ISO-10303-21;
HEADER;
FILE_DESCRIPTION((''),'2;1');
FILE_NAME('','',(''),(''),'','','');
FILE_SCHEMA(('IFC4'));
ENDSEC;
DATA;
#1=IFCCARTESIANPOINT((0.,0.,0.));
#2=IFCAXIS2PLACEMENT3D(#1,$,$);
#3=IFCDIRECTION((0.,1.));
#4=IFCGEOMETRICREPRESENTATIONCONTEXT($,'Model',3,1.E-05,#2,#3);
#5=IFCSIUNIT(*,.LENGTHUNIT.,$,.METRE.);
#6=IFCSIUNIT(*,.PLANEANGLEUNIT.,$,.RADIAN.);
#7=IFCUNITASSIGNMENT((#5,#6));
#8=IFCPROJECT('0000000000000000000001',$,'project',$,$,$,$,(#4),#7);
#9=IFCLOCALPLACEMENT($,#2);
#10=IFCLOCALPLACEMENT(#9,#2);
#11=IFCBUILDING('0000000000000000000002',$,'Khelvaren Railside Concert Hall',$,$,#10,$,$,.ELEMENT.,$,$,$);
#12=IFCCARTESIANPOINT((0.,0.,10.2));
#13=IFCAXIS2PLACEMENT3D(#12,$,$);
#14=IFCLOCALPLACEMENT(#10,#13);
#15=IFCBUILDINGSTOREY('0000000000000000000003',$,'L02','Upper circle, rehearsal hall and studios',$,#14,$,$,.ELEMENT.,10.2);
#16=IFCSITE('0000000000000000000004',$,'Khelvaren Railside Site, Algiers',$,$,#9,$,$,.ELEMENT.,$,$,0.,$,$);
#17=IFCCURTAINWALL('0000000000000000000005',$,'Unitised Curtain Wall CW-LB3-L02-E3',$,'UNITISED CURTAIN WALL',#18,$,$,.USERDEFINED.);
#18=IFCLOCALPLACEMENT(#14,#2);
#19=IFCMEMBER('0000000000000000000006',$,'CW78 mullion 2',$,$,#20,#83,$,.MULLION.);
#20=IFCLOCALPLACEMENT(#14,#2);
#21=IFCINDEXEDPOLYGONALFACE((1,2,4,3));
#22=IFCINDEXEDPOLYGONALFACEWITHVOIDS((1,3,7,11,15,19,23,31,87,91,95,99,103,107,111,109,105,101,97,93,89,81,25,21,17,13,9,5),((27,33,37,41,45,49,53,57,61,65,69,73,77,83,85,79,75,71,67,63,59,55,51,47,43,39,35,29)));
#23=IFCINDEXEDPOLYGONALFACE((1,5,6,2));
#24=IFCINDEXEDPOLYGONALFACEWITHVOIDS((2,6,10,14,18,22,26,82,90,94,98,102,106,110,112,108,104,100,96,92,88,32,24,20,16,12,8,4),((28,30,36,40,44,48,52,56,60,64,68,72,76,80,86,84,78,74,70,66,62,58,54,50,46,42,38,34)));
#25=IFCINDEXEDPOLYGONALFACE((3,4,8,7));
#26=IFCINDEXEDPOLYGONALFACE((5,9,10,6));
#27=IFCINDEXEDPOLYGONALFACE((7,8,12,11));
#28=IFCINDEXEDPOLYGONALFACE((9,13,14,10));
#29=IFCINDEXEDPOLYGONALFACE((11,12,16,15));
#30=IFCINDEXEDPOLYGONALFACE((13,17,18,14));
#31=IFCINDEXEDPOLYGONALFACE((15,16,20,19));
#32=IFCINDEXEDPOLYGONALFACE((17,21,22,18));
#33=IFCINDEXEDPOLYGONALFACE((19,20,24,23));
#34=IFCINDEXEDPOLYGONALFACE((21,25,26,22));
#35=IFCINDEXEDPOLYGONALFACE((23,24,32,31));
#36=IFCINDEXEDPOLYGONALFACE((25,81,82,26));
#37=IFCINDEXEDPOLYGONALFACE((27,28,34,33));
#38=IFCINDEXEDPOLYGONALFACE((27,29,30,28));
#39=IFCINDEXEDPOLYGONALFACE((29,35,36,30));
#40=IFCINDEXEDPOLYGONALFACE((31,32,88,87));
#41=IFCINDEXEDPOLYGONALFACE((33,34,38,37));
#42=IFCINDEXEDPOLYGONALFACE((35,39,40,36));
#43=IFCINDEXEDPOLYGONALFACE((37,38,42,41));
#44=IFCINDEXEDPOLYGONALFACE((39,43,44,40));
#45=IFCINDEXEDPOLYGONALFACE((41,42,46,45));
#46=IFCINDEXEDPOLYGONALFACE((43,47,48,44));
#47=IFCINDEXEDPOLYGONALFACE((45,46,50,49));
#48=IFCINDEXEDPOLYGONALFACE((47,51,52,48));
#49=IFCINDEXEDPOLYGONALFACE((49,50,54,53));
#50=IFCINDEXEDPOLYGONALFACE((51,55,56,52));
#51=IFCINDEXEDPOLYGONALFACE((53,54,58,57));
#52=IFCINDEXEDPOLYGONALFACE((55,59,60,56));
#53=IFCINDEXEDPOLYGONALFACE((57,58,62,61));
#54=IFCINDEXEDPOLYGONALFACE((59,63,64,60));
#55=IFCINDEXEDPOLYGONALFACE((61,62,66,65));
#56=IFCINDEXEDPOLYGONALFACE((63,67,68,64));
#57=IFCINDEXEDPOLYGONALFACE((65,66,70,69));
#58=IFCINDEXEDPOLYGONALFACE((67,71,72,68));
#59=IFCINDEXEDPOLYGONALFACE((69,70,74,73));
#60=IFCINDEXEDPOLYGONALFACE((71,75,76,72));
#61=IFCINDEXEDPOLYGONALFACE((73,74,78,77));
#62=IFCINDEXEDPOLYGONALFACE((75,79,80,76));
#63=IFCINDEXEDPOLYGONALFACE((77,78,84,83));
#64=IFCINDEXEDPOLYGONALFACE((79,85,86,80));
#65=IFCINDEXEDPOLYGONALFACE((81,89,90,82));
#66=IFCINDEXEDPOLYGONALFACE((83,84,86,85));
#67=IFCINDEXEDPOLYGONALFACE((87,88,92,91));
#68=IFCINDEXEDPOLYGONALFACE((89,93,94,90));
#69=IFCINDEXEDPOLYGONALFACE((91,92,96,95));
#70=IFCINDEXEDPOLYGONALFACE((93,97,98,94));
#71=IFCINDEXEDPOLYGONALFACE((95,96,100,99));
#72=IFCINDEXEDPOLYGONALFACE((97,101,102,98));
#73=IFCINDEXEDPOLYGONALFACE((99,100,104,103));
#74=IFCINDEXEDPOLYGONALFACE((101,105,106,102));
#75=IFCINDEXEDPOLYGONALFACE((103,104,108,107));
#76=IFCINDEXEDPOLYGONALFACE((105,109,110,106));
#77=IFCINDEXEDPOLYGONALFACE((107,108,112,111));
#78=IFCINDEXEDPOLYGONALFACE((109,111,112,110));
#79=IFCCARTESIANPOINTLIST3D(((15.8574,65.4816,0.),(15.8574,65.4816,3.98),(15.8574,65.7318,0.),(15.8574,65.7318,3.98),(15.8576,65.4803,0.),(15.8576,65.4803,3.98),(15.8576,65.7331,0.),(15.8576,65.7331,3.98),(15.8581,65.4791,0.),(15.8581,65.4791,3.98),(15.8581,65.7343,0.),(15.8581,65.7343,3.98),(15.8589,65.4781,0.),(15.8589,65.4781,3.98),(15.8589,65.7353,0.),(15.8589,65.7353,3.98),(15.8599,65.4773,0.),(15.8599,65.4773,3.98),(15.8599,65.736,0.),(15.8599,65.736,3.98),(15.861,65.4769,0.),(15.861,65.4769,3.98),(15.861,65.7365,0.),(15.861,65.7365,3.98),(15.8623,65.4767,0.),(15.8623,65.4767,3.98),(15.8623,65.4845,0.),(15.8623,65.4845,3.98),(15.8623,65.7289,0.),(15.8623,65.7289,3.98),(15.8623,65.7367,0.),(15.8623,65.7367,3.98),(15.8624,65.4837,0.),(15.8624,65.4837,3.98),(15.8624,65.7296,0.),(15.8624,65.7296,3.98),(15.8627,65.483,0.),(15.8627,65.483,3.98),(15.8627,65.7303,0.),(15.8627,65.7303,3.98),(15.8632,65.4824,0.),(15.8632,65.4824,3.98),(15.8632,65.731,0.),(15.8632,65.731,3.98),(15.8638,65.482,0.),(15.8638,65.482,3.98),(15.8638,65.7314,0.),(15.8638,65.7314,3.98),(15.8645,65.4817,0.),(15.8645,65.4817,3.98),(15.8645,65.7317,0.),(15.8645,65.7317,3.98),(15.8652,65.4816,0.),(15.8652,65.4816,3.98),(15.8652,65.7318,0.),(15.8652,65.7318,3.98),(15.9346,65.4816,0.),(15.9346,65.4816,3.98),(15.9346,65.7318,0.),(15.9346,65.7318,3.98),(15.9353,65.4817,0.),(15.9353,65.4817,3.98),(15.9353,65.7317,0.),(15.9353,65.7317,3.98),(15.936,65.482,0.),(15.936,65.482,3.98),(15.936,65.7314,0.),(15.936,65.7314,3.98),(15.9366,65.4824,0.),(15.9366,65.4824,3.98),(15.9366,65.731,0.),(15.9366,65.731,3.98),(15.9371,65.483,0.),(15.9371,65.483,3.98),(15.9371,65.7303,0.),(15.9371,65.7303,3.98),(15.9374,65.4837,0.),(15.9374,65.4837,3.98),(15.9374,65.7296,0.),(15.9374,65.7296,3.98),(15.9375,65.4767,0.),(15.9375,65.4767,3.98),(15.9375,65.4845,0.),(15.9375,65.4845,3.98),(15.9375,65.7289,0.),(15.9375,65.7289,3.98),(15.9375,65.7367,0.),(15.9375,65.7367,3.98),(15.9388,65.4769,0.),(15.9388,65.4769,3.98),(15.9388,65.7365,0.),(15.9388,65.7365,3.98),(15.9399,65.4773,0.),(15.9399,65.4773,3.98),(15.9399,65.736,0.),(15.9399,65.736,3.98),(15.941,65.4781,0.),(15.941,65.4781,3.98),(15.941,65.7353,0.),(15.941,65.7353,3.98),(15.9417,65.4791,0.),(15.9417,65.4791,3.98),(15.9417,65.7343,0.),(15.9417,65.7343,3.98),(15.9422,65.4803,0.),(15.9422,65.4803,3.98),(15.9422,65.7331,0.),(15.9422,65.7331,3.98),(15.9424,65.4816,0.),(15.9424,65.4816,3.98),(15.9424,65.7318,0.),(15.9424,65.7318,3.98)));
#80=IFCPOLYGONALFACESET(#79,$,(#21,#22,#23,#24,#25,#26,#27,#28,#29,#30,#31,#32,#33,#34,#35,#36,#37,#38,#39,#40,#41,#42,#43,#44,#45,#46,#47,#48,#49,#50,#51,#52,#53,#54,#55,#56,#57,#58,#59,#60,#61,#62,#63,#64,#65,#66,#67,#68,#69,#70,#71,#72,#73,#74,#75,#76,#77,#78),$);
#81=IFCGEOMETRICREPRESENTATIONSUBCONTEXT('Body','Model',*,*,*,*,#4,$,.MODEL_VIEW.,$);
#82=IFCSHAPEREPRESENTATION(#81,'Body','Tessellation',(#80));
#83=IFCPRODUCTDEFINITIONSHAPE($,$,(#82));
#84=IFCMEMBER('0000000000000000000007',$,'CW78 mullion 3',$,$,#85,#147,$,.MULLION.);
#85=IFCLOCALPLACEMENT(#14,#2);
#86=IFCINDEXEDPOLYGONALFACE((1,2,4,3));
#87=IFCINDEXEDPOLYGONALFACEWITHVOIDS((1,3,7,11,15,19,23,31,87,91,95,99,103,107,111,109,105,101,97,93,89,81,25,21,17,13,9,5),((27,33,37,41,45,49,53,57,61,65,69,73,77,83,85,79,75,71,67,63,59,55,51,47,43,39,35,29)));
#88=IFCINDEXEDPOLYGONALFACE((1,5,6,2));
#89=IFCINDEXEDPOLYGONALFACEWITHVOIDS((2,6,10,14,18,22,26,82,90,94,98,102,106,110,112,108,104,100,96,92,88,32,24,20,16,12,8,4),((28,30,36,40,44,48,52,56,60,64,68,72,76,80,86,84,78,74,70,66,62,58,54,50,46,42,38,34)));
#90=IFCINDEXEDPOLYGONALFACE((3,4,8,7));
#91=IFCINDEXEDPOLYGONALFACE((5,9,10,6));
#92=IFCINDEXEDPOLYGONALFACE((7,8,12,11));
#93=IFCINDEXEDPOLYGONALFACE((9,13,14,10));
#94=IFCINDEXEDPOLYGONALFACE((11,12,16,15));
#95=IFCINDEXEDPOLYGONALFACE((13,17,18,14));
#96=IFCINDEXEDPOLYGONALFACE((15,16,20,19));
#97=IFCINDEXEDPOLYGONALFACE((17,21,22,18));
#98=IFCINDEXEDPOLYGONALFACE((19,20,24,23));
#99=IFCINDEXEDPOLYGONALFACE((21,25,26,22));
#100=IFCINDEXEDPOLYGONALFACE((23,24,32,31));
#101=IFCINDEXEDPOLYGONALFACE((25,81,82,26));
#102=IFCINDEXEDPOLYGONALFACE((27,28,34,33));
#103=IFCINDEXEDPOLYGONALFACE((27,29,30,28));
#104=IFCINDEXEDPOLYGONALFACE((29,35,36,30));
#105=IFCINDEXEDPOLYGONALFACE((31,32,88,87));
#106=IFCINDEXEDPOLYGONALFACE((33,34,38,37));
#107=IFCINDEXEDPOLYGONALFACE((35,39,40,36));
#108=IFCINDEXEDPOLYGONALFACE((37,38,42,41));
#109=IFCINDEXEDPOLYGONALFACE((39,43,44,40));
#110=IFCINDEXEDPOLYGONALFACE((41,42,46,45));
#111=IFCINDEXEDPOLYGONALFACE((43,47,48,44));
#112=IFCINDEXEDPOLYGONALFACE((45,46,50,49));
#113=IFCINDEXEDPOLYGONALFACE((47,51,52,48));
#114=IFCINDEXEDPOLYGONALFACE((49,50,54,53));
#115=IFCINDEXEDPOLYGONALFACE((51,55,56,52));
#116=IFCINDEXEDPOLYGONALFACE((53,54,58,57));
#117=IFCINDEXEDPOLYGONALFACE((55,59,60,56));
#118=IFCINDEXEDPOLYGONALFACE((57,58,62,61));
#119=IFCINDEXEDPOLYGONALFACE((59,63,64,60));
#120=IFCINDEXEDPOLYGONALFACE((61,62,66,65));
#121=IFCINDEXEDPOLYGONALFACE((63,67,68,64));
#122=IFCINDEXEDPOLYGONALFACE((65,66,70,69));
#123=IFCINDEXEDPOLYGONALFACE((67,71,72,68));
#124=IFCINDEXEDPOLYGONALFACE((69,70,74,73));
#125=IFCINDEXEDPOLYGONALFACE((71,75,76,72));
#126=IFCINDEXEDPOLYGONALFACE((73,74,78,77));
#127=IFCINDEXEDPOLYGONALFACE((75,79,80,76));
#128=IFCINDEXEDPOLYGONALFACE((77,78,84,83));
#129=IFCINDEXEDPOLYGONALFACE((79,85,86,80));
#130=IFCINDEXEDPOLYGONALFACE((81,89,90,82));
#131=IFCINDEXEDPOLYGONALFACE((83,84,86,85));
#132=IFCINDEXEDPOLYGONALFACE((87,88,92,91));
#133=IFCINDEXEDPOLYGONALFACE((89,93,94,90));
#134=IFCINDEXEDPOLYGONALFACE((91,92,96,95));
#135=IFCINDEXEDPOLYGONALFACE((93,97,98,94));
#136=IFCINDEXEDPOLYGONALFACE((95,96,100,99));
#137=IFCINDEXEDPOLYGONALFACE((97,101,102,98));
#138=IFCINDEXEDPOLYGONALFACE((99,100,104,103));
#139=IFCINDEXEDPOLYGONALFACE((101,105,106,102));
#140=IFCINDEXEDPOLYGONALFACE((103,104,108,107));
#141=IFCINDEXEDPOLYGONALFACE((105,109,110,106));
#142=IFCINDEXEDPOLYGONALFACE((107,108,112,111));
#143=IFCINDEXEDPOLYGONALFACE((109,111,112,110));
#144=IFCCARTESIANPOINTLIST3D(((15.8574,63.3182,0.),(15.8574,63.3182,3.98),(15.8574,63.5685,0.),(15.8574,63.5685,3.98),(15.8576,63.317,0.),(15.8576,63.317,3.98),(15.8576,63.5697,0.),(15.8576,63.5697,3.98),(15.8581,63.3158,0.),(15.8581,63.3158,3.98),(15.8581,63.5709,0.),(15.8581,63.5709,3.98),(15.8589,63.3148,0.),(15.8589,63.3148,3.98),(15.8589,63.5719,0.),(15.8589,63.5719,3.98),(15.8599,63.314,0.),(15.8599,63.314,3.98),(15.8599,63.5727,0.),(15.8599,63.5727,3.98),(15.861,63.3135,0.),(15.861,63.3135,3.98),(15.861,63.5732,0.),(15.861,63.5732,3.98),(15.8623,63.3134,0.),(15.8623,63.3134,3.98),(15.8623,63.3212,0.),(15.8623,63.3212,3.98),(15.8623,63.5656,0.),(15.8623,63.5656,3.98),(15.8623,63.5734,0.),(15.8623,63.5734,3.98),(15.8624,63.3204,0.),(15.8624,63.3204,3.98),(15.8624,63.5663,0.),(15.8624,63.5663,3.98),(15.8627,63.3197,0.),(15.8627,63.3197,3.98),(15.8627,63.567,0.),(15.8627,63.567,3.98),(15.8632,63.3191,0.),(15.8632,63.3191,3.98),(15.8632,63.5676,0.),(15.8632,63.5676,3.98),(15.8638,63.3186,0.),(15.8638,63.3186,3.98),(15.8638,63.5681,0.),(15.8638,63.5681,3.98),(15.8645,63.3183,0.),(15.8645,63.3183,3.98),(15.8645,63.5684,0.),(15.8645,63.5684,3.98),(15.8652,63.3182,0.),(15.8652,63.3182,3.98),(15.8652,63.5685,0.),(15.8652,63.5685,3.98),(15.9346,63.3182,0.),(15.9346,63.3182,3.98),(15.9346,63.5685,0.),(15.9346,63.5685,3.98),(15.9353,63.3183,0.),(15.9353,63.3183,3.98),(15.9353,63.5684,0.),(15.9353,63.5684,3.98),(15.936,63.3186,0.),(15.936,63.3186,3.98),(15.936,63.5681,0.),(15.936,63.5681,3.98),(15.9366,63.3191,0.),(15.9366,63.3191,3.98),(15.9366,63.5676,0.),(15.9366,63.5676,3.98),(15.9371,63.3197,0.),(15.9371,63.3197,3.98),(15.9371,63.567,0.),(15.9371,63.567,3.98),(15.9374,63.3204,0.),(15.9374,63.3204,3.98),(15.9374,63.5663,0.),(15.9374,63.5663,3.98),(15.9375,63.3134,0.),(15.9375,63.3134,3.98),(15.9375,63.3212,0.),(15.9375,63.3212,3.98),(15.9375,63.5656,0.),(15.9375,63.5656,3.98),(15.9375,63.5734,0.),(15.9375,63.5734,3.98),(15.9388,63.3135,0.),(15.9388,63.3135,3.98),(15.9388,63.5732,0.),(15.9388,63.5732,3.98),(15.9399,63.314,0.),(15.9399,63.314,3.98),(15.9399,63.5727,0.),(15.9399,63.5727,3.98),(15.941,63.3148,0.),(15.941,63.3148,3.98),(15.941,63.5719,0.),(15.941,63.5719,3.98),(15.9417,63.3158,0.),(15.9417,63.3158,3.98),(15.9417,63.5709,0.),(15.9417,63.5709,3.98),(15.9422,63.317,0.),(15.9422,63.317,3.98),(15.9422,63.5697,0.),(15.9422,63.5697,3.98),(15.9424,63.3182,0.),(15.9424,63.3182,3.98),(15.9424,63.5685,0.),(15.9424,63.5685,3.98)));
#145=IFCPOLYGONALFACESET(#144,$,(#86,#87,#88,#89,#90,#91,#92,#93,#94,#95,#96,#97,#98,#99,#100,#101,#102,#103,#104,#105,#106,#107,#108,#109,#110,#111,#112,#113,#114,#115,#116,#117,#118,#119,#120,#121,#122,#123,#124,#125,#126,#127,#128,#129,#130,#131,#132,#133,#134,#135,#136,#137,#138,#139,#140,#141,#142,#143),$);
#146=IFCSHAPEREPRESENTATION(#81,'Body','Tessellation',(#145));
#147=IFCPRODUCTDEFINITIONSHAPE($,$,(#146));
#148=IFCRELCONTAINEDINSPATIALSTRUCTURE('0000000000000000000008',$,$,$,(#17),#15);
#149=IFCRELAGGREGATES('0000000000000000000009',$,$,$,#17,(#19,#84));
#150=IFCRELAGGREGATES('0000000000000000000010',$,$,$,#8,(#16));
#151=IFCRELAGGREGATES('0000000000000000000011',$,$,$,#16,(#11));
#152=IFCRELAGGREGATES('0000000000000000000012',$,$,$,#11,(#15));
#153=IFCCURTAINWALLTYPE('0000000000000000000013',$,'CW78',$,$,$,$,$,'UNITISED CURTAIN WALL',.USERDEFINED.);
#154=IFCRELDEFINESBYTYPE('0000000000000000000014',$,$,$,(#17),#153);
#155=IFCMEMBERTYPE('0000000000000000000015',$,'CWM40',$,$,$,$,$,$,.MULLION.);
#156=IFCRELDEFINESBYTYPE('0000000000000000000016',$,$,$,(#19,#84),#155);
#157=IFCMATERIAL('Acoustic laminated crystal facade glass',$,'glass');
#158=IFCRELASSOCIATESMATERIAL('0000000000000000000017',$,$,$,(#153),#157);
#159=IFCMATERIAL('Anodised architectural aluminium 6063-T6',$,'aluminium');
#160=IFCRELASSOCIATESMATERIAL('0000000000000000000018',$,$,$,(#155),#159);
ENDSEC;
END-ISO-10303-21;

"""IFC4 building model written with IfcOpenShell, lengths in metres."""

from ifc_helpers import new_model, si_unit, direction, frame, origin, origin_2d, place, context, subcontext, project, spatial, hollow_rectangle, extrude, material, material_profile, profile_set, type_object, element, aggregate, save


model = new_model("IFC4")

# Units and contexts
model_context = context("Model", 3, precision=1e-05, world=origin(), true_north=direction((0.0, 1.0)))
body_context = subcontext(model_context, "Body", "Model", "MODEL_VIEW")
ifc_project = project(units=[si_unit("LENGTHUNIT", "METRE"), si_unit("PLANEANGLEUNIT", "RADIAN")], contexts=[model_context])

# Site, building, storey
site_placement = place(None, origin())
site = spatial("IfcSite", under=ifc_project, at=site_placement, Name="Khelvaren Railside Site, Algiers", CompositionType="ELEMENT", RefElevation=0.0)
building_placement = place(site_placement, origin())
building = spatial("IfcBuilding", under=site, at=building_placement, Name="Khelvaren Railside Concert Hall", CompositionType="ELEMENT")
storey_placement = place(building_placement, frame((0.0, 0.0, 10.2)))
storey = spatial("IfcBuildingStorey", under=building, at=storey_placement, Name="L02", Description="Upper circle, rehearsal hall and studios", CompositionType="ELEMENT", Elevation=10.2)

# Curtain wall, members
ifc_material_1 = material(Name="Acoustic laminated crystal facade glass", Category="glass")
curtain_wall_type = type_object("IfcCurtainWallType", Name="CW78", ElementType="UNITISED CURTAIN WALL", PredefinedType="USERDEFINED", material=ifc_material_1)
curtain_wall_placement = place(storey_placement, origin())
curtain_wall = element("IfcCurtainWall", 1, at=curtain_wall_placement, inside=storey, type_object=curtain_wall_type, Name="Unitised Curtain Wall CW-LB3-L02-E3", ObjectType="UNITISED CURTAIN WALL", PredefinedType="USERDEFINED")
ifc_material_2 = material(Name="Anodised architectural aluminium 6063-T6", Category="aluminium")
ifc_material_profile_1 = material_profile(ifc_material_2, hollow_rectangle(XDim=0.085, YDim=0.26, WallThickness=0.0049, InnerFilletRadius=0.0029, OuterFilletRadius=0.0049, at=origin_2d()), Name="CWM 85x260x5")
ifc_profile_set_1 = profile_set([ifc_material_profile_1], Name="Anodised architectural aluminium 6063-T6")
member_type_1 = type_object("IfcMemberType", Name="CWM40", PredefinedType="MULLION", material=ifc_profile_set_1)
member_1_placement = place(storey_placement, frame((15.8999, 65.6067, 0.0), z_axis=(0.0, 0.0, 1.0), x_axis=(1.0, 0.0, 0.0)))
member_1 = element("IfcMember", 2, at=member_1_placement, type_object=member_type_1, Name="CW78 mullion 2", PredefinedType="MULLION", context=body_context, shape_type="SweptSolid", body=[
    extrude(hollow_rectangle(XDim=0.085, YDim=0.26, WallThickness=0.0049, InnerFilletRadius=0.0029, OuterFilletRadius=0.0049, at=origin_2d()), origin(), (0.0, 0.0, 1.0), 3.98),
])
member_2_placement = place(storey_placement, frame((15.8999, 63.4434, 0.0), z_axis=(0.0, 0.0, 1.0), x_axis=(1.0, 0.0, 0.0)))
member_2 = element("IfcMember", 3, at=member_2_placement, type_object=member_type_1, Name="CW78 mullion 3", PredefinedType="MULLION", context=body_context, shape_type="SweptSolid", body=[
    extrude(hollow_rectangle(XDim=0.085, YDim=0.26, WallThickness=0.0049, InnerFilletRadius=0.0029, OuterFilletRadius=0.0049, at=origin_2d()), origin(), (0.0, 0.0, 1.0), 3.98),
])

aggregate(curtain_wall, [member_1, member_2])

save(model, "model.ifc")
